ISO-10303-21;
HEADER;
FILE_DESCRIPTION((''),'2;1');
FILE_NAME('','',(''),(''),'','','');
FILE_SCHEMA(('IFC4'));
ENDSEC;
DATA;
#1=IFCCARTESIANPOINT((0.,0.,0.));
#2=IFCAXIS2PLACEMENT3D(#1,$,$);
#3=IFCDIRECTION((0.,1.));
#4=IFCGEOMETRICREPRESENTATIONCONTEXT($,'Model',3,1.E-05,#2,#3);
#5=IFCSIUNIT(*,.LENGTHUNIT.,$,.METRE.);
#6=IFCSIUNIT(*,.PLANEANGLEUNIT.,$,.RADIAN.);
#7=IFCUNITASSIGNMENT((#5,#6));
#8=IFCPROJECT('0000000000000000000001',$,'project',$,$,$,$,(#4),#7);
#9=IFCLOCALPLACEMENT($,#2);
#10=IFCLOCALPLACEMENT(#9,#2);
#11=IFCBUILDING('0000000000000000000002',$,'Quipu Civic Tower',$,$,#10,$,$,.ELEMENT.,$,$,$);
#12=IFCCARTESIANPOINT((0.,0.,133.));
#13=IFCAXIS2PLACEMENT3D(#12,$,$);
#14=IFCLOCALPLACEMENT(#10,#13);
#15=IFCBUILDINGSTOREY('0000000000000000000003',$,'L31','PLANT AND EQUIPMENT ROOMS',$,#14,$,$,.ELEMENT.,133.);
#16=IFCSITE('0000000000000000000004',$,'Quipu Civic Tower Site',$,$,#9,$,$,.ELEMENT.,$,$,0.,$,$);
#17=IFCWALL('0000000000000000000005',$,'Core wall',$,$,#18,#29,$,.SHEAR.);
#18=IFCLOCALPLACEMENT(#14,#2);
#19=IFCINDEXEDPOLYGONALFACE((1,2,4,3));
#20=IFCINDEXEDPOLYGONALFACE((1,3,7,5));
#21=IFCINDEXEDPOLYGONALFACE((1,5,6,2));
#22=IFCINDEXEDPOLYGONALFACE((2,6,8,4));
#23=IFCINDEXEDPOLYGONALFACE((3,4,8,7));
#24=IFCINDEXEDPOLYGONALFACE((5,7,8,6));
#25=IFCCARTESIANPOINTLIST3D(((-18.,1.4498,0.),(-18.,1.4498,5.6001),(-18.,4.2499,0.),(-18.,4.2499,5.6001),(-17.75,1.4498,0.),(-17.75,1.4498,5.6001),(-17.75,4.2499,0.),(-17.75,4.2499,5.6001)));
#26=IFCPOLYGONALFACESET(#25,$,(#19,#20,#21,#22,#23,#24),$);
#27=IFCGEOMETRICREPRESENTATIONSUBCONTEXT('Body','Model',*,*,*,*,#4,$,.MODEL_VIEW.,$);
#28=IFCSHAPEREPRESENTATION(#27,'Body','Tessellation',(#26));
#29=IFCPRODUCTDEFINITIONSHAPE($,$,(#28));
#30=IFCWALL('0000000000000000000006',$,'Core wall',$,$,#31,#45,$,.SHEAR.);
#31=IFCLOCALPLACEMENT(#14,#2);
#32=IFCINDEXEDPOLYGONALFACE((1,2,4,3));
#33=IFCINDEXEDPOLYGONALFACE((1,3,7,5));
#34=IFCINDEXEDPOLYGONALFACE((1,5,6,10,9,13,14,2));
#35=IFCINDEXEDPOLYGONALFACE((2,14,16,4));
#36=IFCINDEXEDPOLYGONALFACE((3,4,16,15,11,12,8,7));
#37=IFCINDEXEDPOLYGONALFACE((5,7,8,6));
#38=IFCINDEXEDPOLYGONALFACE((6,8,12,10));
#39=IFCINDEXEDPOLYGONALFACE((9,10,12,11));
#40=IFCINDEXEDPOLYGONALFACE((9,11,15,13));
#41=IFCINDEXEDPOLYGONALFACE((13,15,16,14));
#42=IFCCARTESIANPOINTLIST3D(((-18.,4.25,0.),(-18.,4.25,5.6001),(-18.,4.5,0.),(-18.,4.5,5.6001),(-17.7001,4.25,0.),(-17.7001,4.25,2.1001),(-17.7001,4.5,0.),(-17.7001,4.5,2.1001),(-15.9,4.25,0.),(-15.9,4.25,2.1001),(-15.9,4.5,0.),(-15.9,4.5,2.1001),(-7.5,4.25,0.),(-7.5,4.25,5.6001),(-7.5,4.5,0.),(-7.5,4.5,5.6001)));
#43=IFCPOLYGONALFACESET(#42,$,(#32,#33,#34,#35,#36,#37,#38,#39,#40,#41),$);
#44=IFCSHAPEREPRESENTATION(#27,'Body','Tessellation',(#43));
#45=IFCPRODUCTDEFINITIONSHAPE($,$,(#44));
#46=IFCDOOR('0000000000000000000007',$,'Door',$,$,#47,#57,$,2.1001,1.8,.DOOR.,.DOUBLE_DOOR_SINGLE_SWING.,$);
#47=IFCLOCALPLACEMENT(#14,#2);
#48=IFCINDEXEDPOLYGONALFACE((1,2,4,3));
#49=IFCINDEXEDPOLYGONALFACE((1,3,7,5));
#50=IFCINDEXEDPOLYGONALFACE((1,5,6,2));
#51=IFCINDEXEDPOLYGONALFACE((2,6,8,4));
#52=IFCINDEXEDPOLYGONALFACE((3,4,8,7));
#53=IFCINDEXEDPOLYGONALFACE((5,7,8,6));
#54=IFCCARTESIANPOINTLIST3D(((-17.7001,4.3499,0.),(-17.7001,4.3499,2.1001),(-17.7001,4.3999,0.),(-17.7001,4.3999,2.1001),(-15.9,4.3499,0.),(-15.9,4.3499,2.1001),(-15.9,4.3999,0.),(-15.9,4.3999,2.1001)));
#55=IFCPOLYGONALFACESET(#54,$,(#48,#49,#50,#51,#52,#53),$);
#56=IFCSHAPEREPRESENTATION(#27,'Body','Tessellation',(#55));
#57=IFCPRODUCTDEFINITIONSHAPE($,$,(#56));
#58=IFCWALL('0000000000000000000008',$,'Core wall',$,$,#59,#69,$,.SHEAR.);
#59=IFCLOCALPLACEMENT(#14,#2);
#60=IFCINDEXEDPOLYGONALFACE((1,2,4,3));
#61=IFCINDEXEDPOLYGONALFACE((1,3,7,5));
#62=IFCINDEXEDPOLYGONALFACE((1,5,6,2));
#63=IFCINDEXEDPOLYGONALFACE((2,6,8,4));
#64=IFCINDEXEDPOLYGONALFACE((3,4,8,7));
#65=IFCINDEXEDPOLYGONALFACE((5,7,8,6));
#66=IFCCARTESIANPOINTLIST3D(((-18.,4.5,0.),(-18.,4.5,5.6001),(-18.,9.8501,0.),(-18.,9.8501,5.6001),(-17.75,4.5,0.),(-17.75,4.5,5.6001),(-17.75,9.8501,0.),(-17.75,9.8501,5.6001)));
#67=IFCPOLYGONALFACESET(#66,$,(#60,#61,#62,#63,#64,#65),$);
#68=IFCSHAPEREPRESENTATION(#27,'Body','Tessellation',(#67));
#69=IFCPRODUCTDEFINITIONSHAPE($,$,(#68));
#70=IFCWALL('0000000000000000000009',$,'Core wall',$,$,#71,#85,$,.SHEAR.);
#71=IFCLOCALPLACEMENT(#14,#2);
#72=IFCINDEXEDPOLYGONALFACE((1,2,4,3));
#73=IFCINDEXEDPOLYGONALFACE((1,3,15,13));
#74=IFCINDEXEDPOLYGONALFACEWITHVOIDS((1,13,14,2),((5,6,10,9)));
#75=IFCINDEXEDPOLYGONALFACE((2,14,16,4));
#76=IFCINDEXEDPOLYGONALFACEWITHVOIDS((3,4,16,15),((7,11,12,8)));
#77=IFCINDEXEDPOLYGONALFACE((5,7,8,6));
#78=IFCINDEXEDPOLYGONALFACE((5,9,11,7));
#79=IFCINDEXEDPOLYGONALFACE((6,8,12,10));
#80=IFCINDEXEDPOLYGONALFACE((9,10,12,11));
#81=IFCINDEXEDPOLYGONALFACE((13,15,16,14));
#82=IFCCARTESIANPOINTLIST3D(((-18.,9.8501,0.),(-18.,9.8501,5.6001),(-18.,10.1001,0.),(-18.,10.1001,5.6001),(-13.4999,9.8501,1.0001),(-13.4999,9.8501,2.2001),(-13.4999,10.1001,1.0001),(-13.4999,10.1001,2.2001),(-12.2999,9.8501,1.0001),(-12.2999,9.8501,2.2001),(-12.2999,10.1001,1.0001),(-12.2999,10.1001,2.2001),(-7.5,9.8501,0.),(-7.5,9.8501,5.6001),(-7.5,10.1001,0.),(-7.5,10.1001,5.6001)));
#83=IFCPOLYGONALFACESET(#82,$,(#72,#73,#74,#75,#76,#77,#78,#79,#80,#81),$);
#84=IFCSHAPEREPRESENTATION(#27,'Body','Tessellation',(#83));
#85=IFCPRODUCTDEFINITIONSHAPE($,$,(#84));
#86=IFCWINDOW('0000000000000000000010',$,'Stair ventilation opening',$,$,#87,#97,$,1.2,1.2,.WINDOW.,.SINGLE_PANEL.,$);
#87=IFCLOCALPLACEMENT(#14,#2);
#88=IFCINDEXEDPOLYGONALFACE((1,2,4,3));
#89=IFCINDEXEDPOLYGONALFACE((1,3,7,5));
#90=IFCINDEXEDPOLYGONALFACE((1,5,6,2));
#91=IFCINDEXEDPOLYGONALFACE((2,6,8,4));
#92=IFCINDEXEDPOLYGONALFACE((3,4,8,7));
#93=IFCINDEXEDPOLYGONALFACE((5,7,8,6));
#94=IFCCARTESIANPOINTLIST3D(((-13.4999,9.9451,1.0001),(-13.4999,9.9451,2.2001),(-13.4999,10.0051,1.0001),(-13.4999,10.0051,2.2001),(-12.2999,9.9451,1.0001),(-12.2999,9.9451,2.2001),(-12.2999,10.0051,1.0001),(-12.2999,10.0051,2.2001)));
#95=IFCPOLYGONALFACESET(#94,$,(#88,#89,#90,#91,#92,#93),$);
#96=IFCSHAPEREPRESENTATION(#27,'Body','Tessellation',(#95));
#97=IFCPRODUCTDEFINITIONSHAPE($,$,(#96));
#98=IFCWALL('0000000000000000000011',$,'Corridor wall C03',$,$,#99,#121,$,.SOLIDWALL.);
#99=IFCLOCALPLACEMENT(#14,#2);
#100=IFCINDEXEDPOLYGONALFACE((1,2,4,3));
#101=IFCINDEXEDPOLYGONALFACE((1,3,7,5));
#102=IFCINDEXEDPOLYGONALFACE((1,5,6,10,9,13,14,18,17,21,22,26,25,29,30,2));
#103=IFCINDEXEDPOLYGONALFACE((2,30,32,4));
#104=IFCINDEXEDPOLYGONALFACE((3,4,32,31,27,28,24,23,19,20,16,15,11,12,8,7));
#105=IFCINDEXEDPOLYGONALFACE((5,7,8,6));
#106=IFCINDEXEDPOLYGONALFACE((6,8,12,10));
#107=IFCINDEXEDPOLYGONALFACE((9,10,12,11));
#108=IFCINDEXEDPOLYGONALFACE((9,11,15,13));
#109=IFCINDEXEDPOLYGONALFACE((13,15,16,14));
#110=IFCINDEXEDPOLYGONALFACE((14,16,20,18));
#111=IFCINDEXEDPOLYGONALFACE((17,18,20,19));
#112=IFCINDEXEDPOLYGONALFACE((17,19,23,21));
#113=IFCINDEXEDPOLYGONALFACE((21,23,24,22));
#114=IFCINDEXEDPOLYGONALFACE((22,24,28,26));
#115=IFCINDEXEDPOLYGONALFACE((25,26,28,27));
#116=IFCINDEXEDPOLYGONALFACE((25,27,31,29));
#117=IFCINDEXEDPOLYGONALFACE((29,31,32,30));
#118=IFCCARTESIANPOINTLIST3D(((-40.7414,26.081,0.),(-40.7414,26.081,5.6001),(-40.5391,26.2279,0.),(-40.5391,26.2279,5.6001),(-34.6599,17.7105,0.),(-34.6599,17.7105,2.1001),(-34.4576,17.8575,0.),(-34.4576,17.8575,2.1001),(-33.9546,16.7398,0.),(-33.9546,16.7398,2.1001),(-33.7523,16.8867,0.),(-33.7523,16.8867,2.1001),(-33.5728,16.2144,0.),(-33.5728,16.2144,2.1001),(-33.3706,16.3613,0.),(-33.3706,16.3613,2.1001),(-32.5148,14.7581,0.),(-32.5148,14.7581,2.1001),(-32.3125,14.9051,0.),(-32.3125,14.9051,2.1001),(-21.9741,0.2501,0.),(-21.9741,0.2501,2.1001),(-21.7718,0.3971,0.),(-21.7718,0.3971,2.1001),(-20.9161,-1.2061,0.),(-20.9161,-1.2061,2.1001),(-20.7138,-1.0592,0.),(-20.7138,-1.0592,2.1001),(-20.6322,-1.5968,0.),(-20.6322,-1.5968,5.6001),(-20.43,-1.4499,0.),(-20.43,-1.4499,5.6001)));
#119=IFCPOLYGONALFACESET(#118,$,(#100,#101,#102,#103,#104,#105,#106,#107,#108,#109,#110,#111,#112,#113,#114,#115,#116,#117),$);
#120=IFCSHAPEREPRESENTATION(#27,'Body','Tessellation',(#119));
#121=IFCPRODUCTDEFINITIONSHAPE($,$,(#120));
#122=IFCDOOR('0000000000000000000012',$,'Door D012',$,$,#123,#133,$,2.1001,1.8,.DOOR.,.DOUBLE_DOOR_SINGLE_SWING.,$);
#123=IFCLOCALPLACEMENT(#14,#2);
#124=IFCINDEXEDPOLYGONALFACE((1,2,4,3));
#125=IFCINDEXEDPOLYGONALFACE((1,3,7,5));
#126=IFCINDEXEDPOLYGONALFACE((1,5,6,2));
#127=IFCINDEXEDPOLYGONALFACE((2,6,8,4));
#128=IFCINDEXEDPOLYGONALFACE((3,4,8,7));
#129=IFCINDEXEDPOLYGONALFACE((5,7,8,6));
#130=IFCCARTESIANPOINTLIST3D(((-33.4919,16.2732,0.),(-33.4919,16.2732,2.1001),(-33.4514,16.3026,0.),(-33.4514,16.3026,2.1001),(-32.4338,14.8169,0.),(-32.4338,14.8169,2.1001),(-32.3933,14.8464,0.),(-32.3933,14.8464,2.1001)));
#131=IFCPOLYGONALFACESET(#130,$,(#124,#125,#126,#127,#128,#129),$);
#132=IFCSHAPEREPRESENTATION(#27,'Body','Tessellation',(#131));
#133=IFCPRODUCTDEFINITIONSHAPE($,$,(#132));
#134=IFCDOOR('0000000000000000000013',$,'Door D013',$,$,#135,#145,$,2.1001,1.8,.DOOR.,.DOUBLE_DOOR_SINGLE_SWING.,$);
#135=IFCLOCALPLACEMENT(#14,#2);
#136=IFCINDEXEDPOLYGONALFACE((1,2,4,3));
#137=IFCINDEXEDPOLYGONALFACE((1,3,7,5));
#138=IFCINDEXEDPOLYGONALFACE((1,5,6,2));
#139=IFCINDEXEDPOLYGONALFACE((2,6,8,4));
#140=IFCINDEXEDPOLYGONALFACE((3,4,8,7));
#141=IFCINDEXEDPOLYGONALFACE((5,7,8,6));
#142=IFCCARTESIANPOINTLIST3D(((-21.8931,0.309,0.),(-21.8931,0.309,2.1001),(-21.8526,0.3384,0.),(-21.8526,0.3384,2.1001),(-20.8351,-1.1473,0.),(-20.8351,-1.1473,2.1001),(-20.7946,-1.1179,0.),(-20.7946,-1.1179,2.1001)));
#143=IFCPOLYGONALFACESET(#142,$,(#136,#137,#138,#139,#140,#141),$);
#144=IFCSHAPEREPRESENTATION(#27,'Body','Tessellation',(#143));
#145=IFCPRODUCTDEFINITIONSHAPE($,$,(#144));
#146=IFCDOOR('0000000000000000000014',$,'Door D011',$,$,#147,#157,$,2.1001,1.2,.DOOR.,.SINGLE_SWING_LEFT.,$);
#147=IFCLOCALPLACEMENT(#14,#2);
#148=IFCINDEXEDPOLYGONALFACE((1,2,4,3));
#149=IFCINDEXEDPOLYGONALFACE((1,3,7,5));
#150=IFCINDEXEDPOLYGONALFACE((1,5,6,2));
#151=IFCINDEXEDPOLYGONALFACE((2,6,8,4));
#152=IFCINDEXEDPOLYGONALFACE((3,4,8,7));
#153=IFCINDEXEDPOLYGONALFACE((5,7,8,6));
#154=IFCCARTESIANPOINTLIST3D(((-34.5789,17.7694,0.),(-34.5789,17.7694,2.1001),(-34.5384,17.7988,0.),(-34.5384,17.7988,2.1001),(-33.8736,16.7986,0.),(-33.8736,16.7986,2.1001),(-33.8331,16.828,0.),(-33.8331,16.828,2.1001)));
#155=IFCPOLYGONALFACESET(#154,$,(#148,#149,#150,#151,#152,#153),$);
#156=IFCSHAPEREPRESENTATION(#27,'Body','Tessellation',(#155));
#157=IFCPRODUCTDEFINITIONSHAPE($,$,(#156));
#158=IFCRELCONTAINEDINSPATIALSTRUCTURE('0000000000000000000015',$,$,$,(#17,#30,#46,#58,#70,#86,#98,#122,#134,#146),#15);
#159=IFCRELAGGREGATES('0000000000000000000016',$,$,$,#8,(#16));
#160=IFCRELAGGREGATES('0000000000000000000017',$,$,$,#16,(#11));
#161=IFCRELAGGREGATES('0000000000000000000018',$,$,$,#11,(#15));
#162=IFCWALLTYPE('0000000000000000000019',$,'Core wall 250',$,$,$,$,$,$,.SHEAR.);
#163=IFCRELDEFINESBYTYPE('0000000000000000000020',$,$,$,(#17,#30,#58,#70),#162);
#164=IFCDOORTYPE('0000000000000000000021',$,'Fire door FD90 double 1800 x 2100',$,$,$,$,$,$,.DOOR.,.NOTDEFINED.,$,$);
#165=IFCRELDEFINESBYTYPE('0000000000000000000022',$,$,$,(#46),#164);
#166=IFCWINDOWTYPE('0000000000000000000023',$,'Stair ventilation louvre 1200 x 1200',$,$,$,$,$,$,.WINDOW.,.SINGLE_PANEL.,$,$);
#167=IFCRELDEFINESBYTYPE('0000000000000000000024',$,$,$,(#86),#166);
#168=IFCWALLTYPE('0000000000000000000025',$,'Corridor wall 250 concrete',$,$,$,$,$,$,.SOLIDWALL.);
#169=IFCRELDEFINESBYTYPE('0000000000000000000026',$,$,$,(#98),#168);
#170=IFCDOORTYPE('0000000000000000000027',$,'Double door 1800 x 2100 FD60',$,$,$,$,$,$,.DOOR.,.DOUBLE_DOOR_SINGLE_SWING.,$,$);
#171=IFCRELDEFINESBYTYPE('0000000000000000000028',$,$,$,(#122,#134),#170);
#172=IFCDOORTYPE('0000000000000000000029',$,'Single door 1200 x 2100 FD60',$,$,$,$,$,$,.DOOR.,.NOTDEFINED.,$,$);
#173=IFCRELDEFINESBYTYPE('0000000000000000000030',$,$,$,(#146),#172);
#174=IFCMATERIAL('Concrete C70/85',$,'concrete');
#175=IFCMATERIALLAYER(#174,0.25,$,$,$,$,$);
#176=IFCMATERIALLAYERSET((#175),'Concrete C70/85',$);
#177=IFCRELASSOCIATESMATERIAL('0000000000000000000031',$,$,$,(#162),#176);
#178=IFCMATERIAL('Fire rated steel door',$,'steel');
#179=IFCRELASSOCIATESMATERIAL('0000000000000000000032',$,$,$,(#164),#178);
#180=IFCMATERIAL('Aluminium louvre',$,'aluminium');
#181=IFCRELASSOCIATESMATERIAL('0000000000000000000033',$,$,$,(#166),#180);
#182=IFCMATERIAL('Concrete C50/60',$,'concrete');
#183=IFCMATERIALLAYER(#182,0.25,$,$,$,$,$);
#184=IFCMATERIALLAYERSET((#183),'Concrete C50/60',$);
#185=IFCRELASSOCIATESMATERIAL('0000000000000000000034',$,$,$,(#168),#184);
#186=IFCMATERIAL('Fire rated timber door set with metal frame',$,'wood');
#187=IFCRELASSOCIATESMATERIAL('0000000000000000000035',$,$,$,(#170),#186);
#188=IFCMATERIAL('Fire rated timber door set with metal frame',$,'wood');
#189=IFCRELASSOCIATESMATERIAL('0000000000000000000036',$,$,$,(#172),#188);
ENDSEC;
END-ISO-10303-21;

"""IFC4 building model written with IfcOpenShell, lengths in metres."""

from ifc_helpers import new_model, si_unit, direction, frame, frame_2d, origin, place, context, subcontext, project, spatial, rectangle, extrude, material, layer, layer_set, type_object, element, fill, save


model = new_model("IFC4")

# Units and contexts
model_context = context("Model", 3, precision=1e-05, world=origin(), true_north=direction((0.0, 1.0)))
body_context = subcontext(model_context, "Body", "Model", "MODEL_VIEW")
ifc_project = project(units=[si_unit("LENGTHUNIT", "METRE"), si_unit("PLANEANGLEUNIT", "RADIAN")], contexts=[model_context])

# Site, building, storey
site_placement = place(None, origin())
site = spatial("IfcSite", under=ifc_project, at=site_placement, Name="Quipu Civic Tower Site", CompositionType="ELEMENT", RefElevation=0.0)
building_placement = place(site_placement, origin())
building = spatial("IfcBuilding", under=site, at=building_placement, Name="Quipu Civic Tower", CompositionType="ELEMENT")
storey_placement = place(building_placement, frame((0.0, 0.0, 133.0)))
storey = spatial("IfcBuildingStorey", under=building, at=storey_placement, Name="L31", Description="PLANT AND EQUIPMENT ROOMS", CompositionType="ELEMENT", Elevation=133.0)

# Shared definitions
ifc_material_1 = material(Name="Concrete C70/85", Category="concrete")
ifc_layer_1 = layer(ifc_material_1, 0.25)
ifc_layer_set_1 = layer_set([ifc_layer_1], Name="Concrete C70/85")
wall_type_1 = type_object("IfcWallType", Name="Core wall 250", PredefinedType="SHEAR", material=ifc_layer_set_1)
ifc_material_2 = material(Name="Fire rated steel door", Category="steel")
door_type_1 = type_object("IfcDoorType", Name="Fire door FD90 double 1800 x 2100", OperationType="NOTDEFINED", PredefinedType="DOOR", material=ifc_material_2)

# Wall
wall_1_placement = place(storey_placement, frame((-17.875, 1.45, 0.0), z_axis=(0.0, 0.0, 1.0), x_axis=(0.0, 1.0, 0.0)))
element("IfcWall", 1, at=wall_1_placement, inside=storey, type_object=wall_type_1, Name="Core wall", PredefinedType="SHEAR", context=body_context, shape_type="SweptSolid", body=[
    extrude(rectangle(XDim=2.8, YDim=0.25, at=frame_2d((1.3999, 0.0))), origin(), (0.0, 0.0, 1.0), 5.6001),
])

# Wall, opening, door
wall_2_placement = place(storey_placement, frame((-18.0, 4.375, 0.0), z_axis=(0.0, 0.0, 1.0), x_axis=(1.0, 0.0, 0.0)))
wall_2 = element("IfcWall", 2, at=wall_2_placement, inside=storey, type_object=wall_type_1, Name="Core wall", PredefinedType="SHEAR", context=body_context, shape_type="SweptSolid", body=[
    extrude(rectangle(XDim=10.5, YDim=0.25, at=frame_2d((5.25, 0.0))), origin(), (0.0, 0.0, 1.0), 5.6001),
])
opening_1_placement = place(wall_2_placement, frame((0.3, 0.0, 0.0)))
opening_1 = element("IfcOpeningElement", 3, at=opening_1_placement, cuts=wall_2, PredefinedType="OPENING", context=body_context, shape_type="SweptSolid", body=[
    extrude(rectangle(XDim=1.8, YDim=2.1001, at=frame_2d((0.8999, 1.05))), frame((0.0, 0.135, 0.0), z_axis=(0.0, -1.0, 0.0), x_axis=(1.0, 0.0, 0.0)), (0.0, 0.0, 1.0), 0.27),
])
door_1_placement = place(opening_1_placement, origin())
door_1 = element("IfcDoor", 4, at=door_1_placement, inside=storey, type_object=door_type_1, Name="Door", OperationType="DOUBLE_DOOR_SINGLE_SWING", OverallHeight=2.1001, OverallWidth=1.8, PredefinedType="DOOR", context=body_context, shape_type="SweptSolid", body=[
    extrude(rectangle(XDim=1.8, YDim=2.1001, at=frame_2d((0.8999, 1.05))), frame((0.0, 0.0249, 0.0), z_axis=(0.0, -1.0, 0.0), x_axis=(1.0, 0.0, 0.0)), (0.0, 0.0, 1.0), 0.05),
])
fill(opening_1, door_1)

# Wall
wall_3_placement = place(storey_placement, frame((-17.875, 4.5, 0.0), z_axis=(0.0, 0.0, 1.0), x_axis=(0.0, 1.0, 0.0)))
element("IfcWall", 5, at=wall_3_placement, inside=storey, type_object=wall_type_1, Name="Core wall", PredefinedType="SHEAR", context=body_context, shape_type="SweptSolid", body=[
    extrude(rectangle(XDim=5.3501, YDim=0.25, at=frame_2d((2.675, 0.0))), origin(), (0.0, 0.0, 1.0), 5.6001),
])

# Wall, opening, window
wall_4_placement = place(storey_placement, frame((-18.0, 9.9751, 0.0), z_axis=(0.0, 0.0, 1.0), x_axis=(1.0, 0.0, 0.0)))
wall_4 = element("IfcWall", 6, at=wall_4_placement, inside=storey, type_object=wall_type_1, Name="Core wall", PredefinedType="SHEAR", context=body_context, shape_type="SweptSolid", body=[
    extrude(rectangle(XDim=10.5, YDim=0.25, at=frame_2d((5.25, 0.0))), origin(), (0.0, 0.0, 1.0), 5.6001),
])
opening_2_placement = place(wall_4_placement, frame((4.5, 0.0, 1.0)))
opening_2 = element("IfcOpeningElement", 7, at=opening_2_placement, cuts=wall_4, PredefinedType="OPENING", context=body_context, shape_type="SweptSolid", body=[
    extrude(rectangle(XDim=1.2, YDim=1.2, at=frame_2d((0.6001, 0.6001))), frame((0.0, 0.135, 0.0), z_axis=(0.0, -1.0, 0.0), x_axis=(1.0, 0.0, 0.0)), (0.0, 0.0, 1.0), 0.27),
])
ifc_material_3 = material(Name="Aluminium louvre", Category="aluminium")
window_type = type_object("IfcWindowType", Name="Stair ventilation louvre 1200 x 1200", PartitioningType="SINGLE_PANEL", PredefinedType="WINDOW", material=ifc_material_3)
window_placement = place(opening_2_placement, origin())
window = element("IfcWindow", 8, at=window_placement, inside=storey, type_object=window_type, Name="Stair ventilation opening", OverallHeight=1.2, OverallWidth=1.2, PartitioningType="SINGLE_PANEL", PredefinedType="WINDOW", context=body_context, shape_type="SweptSolid", body=[
    extrude(rectangle(XDim=1.2, YDim=1.2, at=frame_2d((0.6001, 0.6001))), frame((0.0, 0.03, 0.0), z_axis=(0.0, -1.0, 0.0), x_axis=(1.0, 0.0, 0.0)), (0.0, 0.0, 1.0), 0.0601),
])
fill(opening_2, window)

# Wall, openings, doors
ifc_material_4 = material(Name="Concrete C50/60", Category="concrete")
ifc_layer_2 = layer(ifc_material_4, 0.25)
ifc_layer_set_2 = layer_set([ifc_layer_2], Name="Concrete C50/60")
wall_type_2 = type_object("IfcWallType", Name="Corridor wall 250 concrete", PredefinedType="SOLIDWALL", material=ifc_layer_set_2)
wall_5_placement = place(storey_placement, frame((-20.531, -1.5234, 0.0), z_axis=(0.0, 0.0, 1.0), x_axis=(-0.587787, 0.809016, 0.0)))
wall_5 = element("IfcWall", 9, at=wall_5_placement, inside=storey, type_object=wall_type_2, Name="Corridor wall C03", PredefinedType="SOLIDWALL", context=body_context, shape_type="SweptSolid", body=[
    extrude(rectangle(XDim=34.2117, YDim=0.25, at=frame_2d((17.106, 0.0))), origin(), (0.0, 0.0, 1.0), 5.6001),
])
opening_3_placement = place(wall_5_placement, frame((20.2161, 0.0, 0.0)))
opening_3 = element("IfcOpeningElement", 10, at=opening_3_placement, cuts=wall_5, PredefinedType="OPENING", context=body_context, shape_type="SweptSolid", body=[
    extrude(rectangle(XDim=1.8, YDim=2.1001, at=frame_2d((0.8999, 1.05))), frame((0.0, 0.135, 0.0), z_axis=(0.0, -1.0, 0.0), x_axis=(1.0, 0.0, 0.0)), (0.0, 0.0, 1.0), 0.27),
])
opening_4_placement = place(wall_5_placement, frame((0.4832, 0.0, 0.0)))
opening_4 = element("IfcOpeningElement", 11, at=opening_4_placement, cuts=wall_5, PredefinedType="OPENING", context=body_context, shape_type="SweptSolid", body=[
    extrude(rectangle(XDim=1.8, YDim=2.1001, at=frame_2d((0.8999, 1.05))), frame((0.0, 0.135, 0.0), z_axis=(0.0, -1.0, 0.0), x_axis=(1.0, 0.0, 0.0)), (0.0, 0.0, 1.0), 0.27),
])
opening_5_placement = place(wall_5_placement, frame((22.6653, 0.0, 0.0)))
opening_5 = element("IfcOpeningElement", 12, at=opening_5_placement, cuts=wall_5, PredefinedType="OPENING", context=body_context, shape_type="SweptSolid", body=[
    extrude(rectangle(XDim=1.2, YDim=2.1001, at=frame_2d((0.6001, 1.05))), frame((0.0, 0.135, 0.0), z_axis=(0.0, -1.0, 0.0), x_axis=(1.0, 0.0, 0.0)), (0.0, 0.0, 1.0), 0.27),
])
ifc_material_5 = material(Name="Fire rated timber door set with metal frame", Category="wood")
door_type_2 = type_object("IfcDoorType", Name="Double door 1800 x 2100 FD60", OperationType="DOUBLE_DOOR_SINGLE_SWING", PredefinedType="DOOR", material=ifc_material_5)
door_2_placement = place(opening_3_placement, origin())
door_2 = element("IfcDoor", 13, at=door_2_placement, inside=storey, type_object=door_type_2, Name="Door D012", OperationType="DOUBLE_DOOR_SINGLE_SWING", OverallHeight=2.1001, OverallWidth=1.8, PredefinedType="DOOR", context=body_context, shape_type="SweptSolid", body=[
    extrude(rectangle(XDim=1.8, YDim=2.1001, at=frame_2d((0.8999, 1.05))), frame((0.0, 0.0249, 0.0), z_axis=(0.0, -1.0, 0.0), x_axis=(1.0, 0.0, 0.0)), (0.0, 0.0, 1.0), 0.05),
])
fill(opening_3, door_2)
door_3_placement = place(opening_4_placement, origin())
door_3 = element("IfcDoor", 14, at=door_3_placement, inside=storey, type_object=door_type_2, Name="Door D013", OperationType="DOUBLE_DOOR_SINGLE_SWING", OverallHeight=2.1001, OverallWidth=1.8, PredefinedType="DOOR", context=body_context, shape_type="SweptSolid", body=[
    extrude(rectangle(XDim=1.8, YDim=2.1001, at=frame_2d((0.8999, 1.05))), frame((0.0, 0.0249, 0.0), z_axis=(0.0, -1.0, 0.0), x_axis=(1.0, 0.0, 0.0)), (0.0, 0.0, 1.0), 0.05),
])
fill(opening_4, door_3)
ifc_material_6 = material(Name="Fire rated timber door set with metal frame", Category="wood")
door_type_3 = type_object("IfcDoorType", Name="Single door 1200 x 2100 FD60", OperationType="NOTDEFINED", PredefinedType="DOOR", material=ifc_material_6)
door_4_placement = place(opening_5_placement, origin())
door_4 = element("IfcDoor", 15, at=door_4_placement, inside=storey, type_object=door_type_3, Name="Door D011", OperationType="SINGLE_SWING_LEFT", OverallHeight=2.1001, OverallWidth=1.2, PredefinedType="DOOR", context=body_context, shape_type="SweptSolid", body=[
    extrude(rectangle(XDim=1.2, YDim=2.1001, at=frame_2d((0.6001, 1.05))), frame((0.0, 0.0249, 0.0), z_axis=(0.0, -1.0, 0.0), x_axis=(1.0, 0.0, 0.0)), (0.0, 0.0, 1.0), 0.05),
])
fill(opening_5, door_4)

save(model, "model.ifc")
